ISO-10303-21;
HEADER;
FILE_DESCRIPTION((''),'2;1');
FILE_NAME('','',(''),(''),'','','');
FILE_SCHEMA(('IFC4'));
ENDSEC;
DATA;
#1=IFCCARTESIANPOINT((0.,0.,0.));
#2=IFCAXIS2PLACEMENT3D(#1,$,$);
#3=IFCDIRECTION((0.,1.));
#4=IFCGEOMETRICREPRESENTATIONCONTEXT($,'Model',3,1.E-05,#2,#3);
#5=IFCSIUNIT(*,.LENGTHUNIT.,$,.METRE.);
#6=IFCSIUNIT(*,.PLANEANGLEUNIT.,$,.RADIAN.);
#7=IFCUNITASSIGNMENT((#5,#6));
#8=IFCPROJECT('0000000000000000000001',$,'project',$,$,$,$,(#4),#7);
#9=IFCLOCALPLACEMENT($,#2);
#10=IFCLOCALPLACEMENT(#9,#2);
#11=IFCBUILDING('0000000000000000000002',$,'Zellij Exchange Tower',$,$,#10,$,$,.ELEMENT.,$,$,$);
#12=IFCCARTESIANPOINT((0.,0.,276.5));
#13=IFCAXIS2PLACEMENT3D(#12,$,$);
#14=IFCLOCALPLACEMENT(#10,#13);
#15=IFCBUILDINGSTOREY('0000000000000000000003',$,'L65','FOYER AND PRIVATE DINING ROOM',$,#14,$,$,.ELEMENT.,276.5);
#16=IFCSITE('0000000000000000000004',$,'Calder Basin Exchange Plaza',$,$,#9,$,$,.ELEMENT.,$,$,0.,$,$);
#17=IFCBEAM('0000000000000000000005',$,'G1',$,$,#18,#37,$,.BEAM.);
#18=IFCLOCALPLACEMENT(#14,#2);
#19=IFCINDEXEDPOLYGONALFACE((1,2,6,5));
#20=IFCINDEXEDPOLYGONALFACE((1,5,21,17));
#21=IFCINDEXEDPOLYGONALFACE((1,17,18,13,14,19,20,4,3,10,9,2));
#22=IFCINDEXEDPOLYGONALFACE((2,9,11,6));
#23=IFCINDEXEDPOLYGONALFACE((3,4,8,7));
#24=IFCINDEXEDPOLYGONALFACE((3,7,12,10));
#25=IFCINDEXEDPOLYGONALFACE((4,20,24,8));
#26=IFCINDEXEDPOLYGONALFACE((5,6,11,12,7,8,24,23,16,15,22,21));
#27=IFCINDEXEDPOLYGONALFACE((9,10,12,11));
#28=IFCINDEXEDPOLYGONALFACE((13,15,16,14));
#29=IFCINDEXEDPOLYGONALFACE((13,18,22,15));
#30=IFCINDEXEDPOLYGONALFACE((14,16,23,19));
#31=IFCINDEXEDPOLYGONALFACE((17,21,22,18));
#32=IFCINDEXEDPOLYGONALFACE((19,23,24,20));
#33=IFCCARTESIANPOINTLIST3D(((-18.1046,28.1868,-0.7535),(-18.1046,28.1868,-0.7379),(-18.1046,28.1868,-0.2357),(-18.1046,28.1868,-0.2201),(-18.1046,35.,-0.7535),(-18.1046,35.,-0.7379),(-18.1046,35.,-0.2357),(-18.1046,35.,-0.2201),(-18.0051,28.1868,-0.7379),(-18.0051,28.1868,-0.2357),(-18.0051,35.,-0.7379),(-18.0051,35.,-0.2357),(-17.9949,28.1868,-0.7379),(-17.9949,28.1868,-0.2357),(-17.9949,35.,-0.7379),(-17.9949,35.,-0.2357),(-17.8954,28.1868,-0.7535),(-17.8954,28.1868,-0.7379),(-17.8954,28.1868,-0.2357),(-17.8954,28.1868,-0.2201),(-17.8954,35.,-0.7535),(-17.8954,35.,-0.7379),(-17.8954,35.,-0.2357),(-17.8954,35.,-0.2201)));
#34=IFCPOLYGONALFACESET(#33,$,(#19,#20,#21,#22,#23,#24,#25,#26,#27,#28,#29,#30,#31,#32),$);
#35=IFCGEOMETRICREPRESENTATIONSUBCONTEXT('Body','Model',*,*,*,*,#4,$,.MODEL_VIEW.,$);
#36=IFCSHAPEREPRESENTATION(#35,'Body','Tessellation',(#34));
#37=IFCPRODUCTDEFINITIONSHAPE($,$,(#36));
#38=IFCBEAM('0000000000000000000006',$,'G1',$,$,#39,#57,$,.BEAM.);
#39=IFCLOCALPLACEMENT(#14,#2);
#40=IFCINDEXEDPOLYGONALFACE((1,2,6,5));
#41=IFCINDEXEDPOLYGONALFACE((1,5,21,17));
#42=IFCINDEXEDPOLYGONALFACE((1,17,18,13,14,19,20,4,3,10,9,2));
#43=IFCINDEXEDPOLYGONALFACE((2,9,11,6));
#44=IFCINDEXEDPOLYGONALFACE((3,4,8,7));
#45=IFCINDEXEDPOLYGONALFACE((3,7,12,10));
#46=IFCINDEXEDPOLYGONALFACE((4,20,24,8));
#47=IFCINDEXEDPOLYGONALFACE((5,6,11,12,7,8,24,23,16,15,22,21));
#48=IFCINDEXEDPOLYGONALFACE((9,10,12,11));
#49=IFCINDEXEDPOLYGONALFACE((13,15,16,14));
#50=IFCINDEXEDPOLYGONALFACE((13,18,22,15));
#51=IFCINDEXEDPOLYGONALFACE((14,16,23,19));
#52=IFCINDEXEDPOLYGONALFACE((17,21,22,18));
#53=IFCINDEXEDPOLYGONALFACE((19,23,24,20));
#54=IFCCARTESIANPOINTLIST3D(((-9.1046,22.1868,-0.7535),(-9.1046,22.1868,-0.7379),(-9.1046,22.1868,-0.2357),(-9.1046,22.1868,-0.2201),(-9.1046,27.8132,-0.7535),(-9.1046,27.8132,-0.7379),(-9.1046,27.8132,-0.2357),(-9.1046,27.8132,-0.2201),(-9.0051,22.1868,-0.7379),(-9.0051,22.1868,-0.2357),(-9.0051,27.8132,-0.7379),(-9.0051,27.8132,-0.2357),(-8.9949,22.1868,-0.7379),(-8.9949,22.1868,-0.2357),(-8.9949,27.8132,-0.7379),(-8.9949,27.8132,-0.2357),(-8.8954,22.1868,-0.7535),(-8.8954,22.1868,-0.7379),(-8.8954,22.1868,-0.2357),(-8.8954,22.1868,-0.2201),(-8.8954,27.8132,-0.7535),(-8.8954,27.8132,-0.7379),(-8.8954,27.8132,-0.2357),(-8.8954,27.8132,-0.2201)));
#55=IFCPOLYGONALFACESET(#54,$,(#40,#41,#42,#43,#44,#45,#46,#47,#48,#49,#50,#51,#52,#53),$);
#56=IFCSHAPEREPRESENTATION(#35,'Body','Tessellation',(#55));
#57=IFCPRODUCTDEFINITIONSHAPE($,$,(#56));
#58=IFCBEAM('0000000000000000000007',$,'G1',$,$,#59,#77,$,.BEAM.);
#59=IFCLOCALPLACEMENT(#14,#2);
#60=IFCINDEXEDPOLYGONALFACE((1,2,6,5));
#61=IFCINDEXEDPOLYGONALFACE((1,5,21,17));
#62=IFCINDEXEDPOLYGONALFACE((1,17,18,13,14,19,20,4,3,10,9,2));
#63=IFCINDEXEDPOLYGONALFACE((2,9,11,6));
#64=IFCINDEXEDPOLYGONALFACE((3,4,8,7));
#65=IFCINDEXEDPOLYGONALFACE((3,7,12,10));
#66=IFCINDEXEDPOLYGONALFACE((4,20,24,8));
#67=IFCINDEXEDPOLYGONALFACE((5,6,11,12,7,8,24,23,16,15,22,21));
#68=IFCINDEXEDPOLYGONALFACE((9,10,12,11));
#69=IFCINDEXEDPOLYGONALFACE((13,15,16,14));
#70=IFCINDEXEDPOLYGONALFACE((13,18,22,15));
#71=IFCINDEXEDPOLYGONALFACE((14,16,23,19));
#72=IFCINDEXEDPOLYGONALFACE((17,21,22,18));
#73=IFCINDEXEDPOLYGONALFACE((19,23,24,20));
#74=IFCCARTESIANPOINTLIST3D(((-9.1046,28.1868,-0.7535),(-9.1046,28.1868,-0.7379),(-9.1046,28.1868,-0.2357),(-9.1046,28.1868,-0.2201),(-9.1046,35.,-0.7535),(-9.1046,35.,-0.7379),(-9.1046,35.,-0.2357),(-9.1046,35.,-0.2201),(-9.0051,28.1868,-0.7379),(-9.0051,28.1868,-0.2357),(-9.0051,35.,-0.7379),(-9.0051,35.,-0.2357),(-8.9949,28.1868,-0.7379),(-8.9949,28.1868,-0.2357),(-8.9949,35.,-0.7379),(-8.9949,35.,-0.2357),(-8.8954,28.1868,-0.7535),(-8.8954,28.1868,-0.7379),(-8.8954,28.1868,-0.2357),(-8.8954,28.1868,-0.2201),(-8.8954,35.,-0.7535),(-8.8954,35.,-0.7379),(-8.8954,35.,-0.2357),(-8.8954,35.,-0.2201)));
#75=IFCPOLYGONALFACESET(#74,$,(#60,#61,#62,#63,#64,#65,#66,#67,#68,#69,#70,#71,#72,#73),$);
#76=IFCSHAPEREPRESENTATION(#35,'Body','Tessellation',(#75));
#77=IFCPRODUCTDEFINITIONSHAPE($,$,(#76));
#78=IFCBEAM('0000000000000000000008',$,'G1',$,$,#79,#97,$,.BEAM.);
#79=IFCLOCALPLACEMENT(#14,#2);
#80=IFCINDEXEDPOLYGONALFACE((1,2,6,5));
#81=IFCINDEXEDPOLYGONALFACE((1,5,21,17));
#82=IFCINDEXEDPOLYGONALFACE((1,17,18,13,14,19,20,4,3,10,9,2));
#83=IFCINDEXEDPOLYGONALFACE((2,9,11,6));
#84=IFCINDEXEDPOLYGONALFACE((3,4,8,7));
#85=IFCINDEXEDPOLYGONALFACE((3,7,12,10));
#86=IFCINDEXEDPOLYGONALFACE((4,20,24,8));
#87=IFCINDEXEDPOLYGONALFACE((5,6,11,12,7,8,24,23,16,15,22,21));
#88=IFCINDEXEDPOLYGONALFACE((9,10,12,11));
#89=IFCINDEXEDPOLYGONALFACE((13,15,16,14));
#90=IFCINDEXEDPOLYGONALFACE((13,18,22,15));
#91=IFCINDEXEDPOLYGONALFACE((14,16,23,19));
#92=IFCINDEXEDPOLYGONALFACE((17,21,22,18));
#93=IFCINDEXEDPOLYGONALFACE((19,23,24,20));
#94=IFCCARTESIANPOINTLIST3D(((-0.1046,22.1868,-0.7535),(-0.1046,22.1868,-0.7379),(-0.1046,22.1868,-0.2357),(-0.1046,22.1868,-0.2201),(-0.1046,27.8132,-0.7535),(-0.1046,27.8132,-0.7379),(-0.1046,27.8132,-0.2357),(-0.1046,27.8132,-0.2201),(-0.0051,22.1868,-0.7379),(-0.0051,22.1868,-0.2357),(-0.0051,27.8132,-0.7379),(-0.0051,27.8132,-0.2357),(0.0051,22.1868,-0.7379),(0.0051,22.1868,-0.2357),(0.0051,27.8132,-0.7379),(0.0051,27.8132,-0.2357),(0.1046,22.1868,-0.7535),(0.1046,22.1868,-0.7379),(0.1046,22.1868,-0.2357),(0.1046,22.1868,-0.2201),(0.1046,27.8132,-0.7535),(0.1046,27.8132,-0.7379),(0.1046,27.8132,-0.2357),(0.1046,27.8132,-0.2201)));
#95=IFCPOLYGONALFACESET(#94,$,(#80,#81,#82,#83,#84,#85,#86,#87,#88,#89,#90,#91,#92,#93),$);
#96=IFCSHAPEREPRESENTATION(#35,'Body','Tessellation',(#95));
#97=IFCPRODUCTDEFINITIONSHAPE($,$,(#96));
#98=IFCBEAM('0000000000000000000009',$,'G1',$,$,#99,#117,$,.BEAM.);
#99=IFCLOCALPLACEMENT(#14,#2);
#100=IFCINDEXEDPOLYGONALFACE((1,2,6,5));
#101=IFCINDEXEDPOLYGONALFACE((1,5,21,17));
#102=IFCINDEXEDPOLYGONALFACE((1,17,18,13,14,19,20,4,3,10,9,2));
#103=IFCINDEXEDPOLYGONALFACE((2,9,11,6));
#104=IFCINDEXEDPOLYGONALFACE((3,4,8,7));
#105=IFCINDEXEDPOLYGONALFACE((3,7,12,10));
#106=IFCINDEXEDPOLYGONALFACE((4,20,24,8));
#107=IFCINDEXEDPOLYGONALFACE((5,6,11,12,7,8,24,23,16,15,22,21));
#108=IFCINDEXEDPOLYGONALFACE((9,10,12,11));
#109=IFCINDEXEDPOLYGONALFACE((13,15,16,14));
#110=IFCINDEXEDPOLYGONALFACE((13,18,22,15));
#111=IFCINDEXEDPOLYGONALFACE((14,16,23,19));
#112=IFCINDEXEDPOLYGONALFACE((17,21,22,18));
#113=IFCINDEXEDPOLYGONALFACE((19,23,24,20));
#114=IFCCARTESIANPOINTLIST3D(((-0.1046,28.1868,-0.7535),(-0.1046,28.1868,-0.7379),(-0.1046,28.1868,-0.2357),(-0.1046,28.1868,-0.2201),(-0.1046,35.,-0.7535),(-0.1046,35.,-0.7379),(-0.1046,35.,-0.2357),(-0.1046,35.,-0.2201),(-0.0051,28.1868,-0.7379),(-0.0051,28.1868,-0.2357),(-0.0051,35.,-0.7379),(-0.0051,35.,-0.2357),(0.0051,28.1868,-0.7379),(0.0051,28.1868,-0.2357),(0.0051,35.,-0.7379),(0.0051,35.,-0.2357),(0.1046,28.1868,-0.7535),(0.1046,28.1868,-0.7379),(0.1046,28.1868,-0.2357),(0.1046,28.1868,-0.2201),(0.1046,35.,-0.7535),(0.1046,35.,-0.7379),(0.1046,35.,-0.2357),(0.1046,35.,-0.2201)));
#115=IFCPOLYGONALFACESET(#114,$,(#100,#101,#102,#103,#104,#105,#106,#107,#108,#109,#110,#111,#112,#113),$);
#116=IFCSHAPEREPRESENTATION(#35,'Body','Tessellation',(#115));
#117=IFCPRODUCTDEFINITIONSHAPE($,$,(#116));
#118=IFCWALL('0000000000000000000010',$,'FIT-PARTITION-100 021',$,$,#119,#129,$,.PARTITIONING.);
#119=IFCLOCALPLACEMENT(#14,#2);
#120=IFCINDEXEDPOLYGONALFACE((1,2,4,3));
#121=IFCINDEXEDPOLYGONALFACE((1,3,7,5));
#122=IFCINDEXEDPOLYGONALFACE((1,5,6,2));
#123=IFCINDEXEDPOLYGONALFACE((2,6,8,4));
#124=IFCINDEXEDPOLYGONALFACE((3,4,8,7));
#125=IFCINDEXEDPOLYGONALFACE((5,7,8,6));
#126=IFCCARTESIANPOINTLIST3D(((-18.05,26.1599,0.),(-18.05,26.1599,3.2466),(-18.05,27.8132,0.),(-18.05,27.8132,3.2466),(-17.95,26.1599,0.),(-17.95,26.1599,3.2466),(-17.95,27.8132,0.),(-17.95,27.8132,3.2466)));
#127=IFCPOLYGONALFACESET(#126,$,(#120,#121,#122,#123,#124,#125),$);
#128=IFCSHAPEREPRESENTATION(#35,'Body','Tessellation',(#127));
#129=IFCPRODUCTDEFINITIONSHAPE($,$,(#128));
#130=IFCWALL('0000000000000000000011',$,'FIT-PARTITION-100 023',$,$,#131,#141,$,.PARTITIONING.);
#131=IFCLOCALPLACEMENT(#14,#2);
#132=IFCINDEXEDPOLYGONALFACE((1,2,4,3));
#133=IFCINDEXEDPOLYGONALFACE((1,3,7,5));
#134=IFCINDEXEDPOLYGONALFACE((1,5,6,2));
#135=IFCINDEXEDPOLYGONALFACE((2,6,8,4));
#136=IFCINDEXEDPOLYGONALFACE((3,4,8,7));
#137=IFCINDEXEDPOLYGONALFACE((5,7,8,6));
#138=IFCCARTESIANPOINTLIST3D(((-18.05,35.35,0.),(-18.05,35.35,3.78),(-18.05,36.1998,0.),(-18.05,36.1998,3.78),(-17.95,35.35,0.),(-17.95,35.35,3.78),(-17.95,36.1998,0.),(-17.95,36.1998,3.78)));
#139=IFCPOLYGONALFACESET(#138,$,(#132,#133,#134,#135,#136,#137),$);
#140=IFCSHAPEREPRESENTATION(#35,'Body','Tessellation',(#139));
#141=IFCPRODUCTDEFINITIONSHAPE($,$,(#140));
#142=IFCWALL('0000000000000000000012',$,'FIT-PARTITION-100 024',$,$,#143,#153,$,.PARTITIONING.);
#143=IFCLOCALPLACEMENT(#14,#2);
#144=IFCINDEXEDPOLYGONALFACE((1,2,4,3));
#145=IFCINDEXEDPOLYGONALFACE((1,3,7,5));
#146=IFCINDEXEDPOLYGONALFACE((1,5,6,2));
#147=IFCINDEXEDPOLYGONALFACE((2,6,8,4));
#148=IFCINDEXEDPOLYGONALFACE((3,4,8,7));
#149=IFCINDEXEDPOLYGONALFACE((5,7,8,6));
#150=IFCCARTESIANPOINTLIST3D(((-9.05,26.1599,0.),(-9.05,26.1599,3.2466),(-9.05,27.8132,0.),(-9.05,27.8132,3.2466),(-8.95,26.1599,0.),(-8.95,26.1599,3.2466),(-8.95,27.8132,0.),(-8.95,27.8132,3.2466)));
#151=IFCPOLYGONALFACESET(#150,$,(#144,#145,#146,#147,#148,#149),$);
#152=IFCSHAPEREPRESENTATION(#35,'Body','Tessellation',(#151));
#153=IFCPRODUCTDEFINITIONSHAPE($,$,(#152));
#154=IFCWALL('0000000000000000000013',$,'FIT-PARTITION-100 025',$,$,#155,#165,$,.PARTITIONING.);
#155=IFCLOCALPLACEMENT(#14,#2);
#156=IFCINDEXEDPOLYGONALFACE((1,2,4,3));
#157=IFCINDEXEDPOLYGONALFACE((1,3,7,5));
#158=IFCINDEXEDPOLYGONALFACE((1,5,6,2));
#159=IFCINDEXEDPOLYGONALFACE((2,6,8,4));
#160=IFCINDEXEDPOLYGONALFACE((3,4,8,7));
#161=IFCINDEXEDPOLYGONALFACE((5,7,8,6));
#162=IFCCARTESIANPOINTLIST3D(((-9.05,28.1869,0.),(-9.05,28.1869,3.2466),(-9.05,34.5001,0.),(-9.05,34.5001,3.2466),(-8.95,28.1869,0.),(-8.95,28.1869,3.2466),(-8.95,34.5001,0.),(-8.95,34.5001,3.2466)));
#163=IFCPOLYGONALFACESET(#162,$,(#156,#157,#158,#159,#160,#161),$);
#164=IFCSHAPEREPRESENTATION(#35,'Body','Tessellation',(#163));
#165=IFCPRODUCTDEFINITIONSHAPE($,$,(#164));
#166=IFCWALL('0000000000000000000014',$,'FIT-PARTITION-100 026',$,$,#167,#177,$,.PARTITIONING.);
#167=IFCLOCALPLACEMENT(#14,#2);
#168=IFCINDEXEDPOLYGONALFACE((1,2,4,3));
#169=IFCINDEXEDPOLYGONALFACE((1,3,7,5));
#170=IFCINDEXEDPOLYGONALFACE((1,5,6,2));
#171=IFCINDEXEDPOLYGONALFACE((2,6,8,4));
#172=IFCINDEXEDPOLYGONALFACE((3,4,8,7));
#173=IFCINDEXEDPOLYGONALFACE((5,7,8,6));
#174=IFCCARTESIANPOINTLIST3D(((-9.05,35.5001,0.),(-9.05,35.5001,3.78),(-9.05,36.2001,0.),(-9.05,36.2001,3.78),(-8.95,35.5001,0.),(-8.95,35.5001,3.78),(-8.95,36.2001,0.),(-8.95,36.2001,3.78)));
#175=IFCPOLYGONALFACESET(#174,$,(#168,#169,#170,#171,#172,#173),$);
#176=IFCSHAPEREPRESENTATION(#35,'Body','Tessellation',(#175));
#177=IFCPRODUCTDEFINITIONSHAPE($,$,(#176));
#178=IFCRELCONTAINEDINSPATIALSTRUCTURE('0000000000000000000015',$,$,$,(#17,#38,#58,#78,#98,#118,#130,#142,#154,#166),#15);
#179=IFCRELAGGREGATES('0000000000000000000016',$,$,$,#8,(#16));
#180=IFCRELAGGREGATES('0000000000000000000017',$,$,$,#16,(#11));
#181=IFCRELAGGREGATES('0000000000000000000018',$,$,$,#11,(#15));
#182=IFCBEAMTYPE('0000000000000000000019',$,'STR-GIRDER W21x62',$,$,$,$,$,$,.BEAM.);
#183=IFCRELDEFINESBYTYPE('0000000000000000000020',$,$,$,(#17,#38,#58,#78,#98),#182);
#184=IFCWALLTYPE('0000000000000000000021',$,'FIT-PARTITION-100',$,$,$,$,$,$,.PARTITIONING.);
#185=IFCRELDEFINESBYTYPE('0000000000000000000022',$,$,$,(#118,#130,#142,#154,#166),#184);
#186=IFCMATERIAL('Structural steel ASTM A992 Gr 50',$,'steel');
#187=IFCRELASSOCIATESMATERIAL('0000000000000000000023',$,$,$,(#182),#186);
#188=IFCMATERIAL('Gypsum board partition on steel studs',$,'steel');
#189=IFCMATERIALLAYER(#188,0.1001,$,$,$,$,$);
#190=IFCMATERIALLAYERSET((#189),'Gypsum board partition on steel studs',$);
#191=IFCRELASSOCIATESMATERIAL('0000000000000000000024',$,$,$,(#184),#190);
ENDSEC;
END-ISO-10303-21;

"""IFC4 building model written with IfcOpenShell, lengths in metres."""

from ifc_helpers import new_model, si_unit, direction, frame, frame_2d, origin, origin_2d, place, context, subcontext, project, spatial, rectangle, i_section, extrude, material, layer, layer_set, material_profile, profile_set, type_object, element, save


model = new_model("IFC4")

# Units and contexts
model_context = context("Model", 3, precision=1e-05, world=origin(), true_north=direction((0.0, 1.0)))
body_context = subcontext(model_context, "Body", "Model", "MODEL_VIEW")
ifc_project = project(units=[si_unit("LENGTHUNIT", "METRE"), si_unit("PLANEANGLEUNIT", "RADIAN")], contexts=[model_context])

# Site, building, storey
site_placement = place(None, origin())
site = spatial("IfcSite", under=ifc_project, at=site_placement, Name="Calder Basin Exchange Plaza", CompositionType="ELEMENT", RefElevation=0.0)
building_placement = place(site_placement, origin())
building = spatial("IfcBuilding", under=site, at=building_placement, Name="Zellij Exchange Tower", CompositionType="ELEMENT")
storey_placement = place(building_placement, frame((0.0, 0.0, 276.5)))
storey = spatial("IfcBuildingStorey", under=building, at=storey_placement, Name="L65", Description="FOYER AND PRIVATE DINING ROOM", CompositionType="ELEMENT", Elevation=276.5)

# Shared definitions
ifc_material_1 = material(Name="Structural steel ASTM A992 Gr 50", Category="steel")

# Beams
ifc_material_profile_1 = material_profile(ifc_material_1, i_section(OverallWidth=0.2092, OverallDepth=0.5334, WebThickness=0.0103, FlangeThickness=0.0156, at=origin_2d()), Name="W21x62")
ifc_profile_set_1 = profile_set([ifc_material_profile_1], Name="Structural steel ASTM A992 Gr 50")
beam_type = type_object("IfcBeamType", Name="STR-GIRDER W21x62", PredefinedType="BEAM", material=ifc_profile_set_1)
beam_1_placement = place(storey_placement, frame((-18.0, 28.1868, -0.4868), z_axis=(0.0, 1.0, 0.0), x_axis=(-1.0, 0.0, 0.0)))
element("IfcBeam", 1, at=beam_1_placement, inside=storey, type_object=beam_type, Name="G1", PredefinedType="BEAM", context=body_context, shape_type="SweptSolid", body=[
    extrude(i_section(OverallWidth=0.2092, OverallDepth=0.5334, WebThickness=0.0103, FlangeThickness=0.0156, at=origin_2d()), origin(), (0.0, 0.0, 1.0), 6.8132),
])
beam_2_placement = place(storey_placement, frame((-9.0, 22.1868, -0.4868), z_axis=(0.0, 1.0, 0.0), x_axis=(-1.0, 0.0, 0.0)))
element("IfcBeam", 2, at=beam_2_placement, inside=storey, type_object=beam_type, Name="G1", PredefinedType="BEAM", context=body_context, shape_type="SweptSolid", body=[
    extrude(i_section(OverallWidth=0.2092, OverallDepth=0.5334, WebThickness=0.0103, FlangeThickness=0.0156, at=origin_2d()), origin(), (0.0, 0.0, 1.0), 5.6265),
])
beam_3_placement = place(storey_placement, frame((-9.0, 28.1868, -0.4868), z_axis=(0.0, 1.0, 0.0), x_axis=(-1.0, 0.0, 0.0)))
element("IfcBeam", 3, at=beam_3_placement, inside=storey, type_object=beam_type, Name="G1", PredefinedType="BEAM", context=body_context, shape_type="SweptSolid", body=[
    extrude(i_section(OverallWidth=0.2092, OverallDepth=0.5334, WebThickness=0.0103, FlangeThickness=0.0156, at=origin_2d()), origin(), (0.0, 0.0, 1.0), 6.8132),
])
beam_4_placement = place(storey_placement, frame((0.0, 22.1868, -0.4868), z_axis=(0.0, 1.0, 0.0), x_axis=(-1.0, 0.0, 0.0)))
element("IfcBeam", 4, at=beam_4_placement, inside=storey, type_object=beam_type, Name="G1", PredefinedType="BEAM", context=body_context, shape_type="SweptSolid", body=[
    extrude(i_section(OverallWidth=0.2092, OverallDepth=0.5334, WebThickness=0.0103, FlangeThickness=0.0156, at=origin_2d()), origin(), (0.0, 0.0, 1.0), 5.6265),
])
beam_5_placement = place(storey_placement, frame((0.0, 28.1868, -0.4868), z_axis=(0.0, 1.0, 0.0), x_axis=(-1.0, 0.0, 0.0)))
element("IfcBeam", 5, at=beam_5_placement, inside=storey, type_object=beam_type, Name="G1", PredefinedType="BEAM", context=body_context, shape_type="SweptSolid", body=[
    extrude(i_section(OverallWidth=0.2092, OverallDepth=0.5334, WebThickness=0.0103, FlangeThickness=0.0156, at=origin_2d()), origin(), (0.0, 0.0, 1.0), 6.8132),
])

# Walls
ifc_material_2 = material(Name="Gypsum board partition on steel studs", Category="steel")
ifc_layer = layer(ifc_material_2, 0.1001)
ifc_layer_set = layer_set([ifc_layer], Name="Gypsum board partition on steel studs")
wall_type = type_object("IfcWallType", Name="FIT-PARTITION-100", PredefinedType="PARTITIONING", material=ifc_layer_set)
wall_1_placement = place(storey_placement, frame((-18.0, 26.1599, 0.0), z_axis=(0.0, 0.0, 1.0), x_axis=(0.0, 1.0, 0.0)))
element("IfcWall", 6, at=wall_1_placement, inside=storey, type_object=wall_type, Name="FIT-PARTITION-100 021", PredefinedType="PARTITIONING", context=body_context, shape_type="SweptSolid", body=[
    extrude(rectangle(XDim=1.6533, YDim=0.1001, at=frame_2d((0.8267, 0.0))), origin(), (0.0, 0.0, 1.0), 3.2466),
])
wall_2_placement = place(storey_placement, frame((-18.0, 35.3501, 0.0), z_axis=(0.0, 0.0, 1.0), x_axis=(0.0, 1.0, 0.0)))
element("IfcWall", 7, at=wall_2_placement, inside=storey, type_object=wall_type, Name="FIT-PARTITION-100 023", PredefinedType="PARTITIONING", context=body_context, shape_type="SweptSolid", body=[
    extrude(rectangle(XDim=0.8499, YDim=0.1001, at=frame_2d((0.4248, 0.0))), origin(), (0.0, 0.0, 1.0), 3.78),
])
wall_3_placement = place(storey_placement, frame((-9.0, 26.1599, 0.0), z_axis=(0.0, 0.0, 1.0), x_axis=(0.0, 1.0, 0.0)))
element("IfcWall", 8, at=wall_3_placement, inside=storey, type_object=wall_type, Name="FIT-PARTITION-100 024", PredefinedType="PARTITIONING", context=body_context, shape_type="SweptSolid", body=[
    extrude(rectangle(XDim=1.6533, YDim=0.1001, at=frame_2d((0.8267, 0.0))), origin(), (0.0, 0.0, 1.0), 3.2466),
])
wall_4_placement = place(storey_placement, frame((-9.0, 28.1868, 0.0), z_axis=(0.0, 0.0, 1.0), x_axis=(0.0, 1.0, 0.0)))
element("IfcWall", 9, at=wall_4_placement, inside=storey, type_object=wall_type, Name="FIT-PARTITION-100 025", PredefinedType="PARTITIONING", context=body_context, shape_type="SweptSolid", body=[
    extrude(rectangle(XDim=6.3132, YDim=0.1001, at=frame_2d((3.1567, 0.0))), origin(), (0.0, 0.0, 1.0), 3.2466),
])
wall_5_placement = place(storey_placement, frame((-9.0, 35.5, 0.0), z_axis=(0.0, 0.0, 1.0), x_axis=(0.0, 1.0, 0.0)))
element("IfcWall", 10, at=wall_5_placement, inside=storey, type_object=wall_type, Name="FIT-PARTITION-100 026", PredefinedType="PARTITIONING", context=body_context, shape_type="SweptSolid", body=[
    extrude(rectangle(XDim=0.7, YDim=0.1001, at=frame_2d((0.3501, 0.0))), origin(), (0.0, 0.0, 1.0), 3.78),
])

save(model, "model.ifc")
